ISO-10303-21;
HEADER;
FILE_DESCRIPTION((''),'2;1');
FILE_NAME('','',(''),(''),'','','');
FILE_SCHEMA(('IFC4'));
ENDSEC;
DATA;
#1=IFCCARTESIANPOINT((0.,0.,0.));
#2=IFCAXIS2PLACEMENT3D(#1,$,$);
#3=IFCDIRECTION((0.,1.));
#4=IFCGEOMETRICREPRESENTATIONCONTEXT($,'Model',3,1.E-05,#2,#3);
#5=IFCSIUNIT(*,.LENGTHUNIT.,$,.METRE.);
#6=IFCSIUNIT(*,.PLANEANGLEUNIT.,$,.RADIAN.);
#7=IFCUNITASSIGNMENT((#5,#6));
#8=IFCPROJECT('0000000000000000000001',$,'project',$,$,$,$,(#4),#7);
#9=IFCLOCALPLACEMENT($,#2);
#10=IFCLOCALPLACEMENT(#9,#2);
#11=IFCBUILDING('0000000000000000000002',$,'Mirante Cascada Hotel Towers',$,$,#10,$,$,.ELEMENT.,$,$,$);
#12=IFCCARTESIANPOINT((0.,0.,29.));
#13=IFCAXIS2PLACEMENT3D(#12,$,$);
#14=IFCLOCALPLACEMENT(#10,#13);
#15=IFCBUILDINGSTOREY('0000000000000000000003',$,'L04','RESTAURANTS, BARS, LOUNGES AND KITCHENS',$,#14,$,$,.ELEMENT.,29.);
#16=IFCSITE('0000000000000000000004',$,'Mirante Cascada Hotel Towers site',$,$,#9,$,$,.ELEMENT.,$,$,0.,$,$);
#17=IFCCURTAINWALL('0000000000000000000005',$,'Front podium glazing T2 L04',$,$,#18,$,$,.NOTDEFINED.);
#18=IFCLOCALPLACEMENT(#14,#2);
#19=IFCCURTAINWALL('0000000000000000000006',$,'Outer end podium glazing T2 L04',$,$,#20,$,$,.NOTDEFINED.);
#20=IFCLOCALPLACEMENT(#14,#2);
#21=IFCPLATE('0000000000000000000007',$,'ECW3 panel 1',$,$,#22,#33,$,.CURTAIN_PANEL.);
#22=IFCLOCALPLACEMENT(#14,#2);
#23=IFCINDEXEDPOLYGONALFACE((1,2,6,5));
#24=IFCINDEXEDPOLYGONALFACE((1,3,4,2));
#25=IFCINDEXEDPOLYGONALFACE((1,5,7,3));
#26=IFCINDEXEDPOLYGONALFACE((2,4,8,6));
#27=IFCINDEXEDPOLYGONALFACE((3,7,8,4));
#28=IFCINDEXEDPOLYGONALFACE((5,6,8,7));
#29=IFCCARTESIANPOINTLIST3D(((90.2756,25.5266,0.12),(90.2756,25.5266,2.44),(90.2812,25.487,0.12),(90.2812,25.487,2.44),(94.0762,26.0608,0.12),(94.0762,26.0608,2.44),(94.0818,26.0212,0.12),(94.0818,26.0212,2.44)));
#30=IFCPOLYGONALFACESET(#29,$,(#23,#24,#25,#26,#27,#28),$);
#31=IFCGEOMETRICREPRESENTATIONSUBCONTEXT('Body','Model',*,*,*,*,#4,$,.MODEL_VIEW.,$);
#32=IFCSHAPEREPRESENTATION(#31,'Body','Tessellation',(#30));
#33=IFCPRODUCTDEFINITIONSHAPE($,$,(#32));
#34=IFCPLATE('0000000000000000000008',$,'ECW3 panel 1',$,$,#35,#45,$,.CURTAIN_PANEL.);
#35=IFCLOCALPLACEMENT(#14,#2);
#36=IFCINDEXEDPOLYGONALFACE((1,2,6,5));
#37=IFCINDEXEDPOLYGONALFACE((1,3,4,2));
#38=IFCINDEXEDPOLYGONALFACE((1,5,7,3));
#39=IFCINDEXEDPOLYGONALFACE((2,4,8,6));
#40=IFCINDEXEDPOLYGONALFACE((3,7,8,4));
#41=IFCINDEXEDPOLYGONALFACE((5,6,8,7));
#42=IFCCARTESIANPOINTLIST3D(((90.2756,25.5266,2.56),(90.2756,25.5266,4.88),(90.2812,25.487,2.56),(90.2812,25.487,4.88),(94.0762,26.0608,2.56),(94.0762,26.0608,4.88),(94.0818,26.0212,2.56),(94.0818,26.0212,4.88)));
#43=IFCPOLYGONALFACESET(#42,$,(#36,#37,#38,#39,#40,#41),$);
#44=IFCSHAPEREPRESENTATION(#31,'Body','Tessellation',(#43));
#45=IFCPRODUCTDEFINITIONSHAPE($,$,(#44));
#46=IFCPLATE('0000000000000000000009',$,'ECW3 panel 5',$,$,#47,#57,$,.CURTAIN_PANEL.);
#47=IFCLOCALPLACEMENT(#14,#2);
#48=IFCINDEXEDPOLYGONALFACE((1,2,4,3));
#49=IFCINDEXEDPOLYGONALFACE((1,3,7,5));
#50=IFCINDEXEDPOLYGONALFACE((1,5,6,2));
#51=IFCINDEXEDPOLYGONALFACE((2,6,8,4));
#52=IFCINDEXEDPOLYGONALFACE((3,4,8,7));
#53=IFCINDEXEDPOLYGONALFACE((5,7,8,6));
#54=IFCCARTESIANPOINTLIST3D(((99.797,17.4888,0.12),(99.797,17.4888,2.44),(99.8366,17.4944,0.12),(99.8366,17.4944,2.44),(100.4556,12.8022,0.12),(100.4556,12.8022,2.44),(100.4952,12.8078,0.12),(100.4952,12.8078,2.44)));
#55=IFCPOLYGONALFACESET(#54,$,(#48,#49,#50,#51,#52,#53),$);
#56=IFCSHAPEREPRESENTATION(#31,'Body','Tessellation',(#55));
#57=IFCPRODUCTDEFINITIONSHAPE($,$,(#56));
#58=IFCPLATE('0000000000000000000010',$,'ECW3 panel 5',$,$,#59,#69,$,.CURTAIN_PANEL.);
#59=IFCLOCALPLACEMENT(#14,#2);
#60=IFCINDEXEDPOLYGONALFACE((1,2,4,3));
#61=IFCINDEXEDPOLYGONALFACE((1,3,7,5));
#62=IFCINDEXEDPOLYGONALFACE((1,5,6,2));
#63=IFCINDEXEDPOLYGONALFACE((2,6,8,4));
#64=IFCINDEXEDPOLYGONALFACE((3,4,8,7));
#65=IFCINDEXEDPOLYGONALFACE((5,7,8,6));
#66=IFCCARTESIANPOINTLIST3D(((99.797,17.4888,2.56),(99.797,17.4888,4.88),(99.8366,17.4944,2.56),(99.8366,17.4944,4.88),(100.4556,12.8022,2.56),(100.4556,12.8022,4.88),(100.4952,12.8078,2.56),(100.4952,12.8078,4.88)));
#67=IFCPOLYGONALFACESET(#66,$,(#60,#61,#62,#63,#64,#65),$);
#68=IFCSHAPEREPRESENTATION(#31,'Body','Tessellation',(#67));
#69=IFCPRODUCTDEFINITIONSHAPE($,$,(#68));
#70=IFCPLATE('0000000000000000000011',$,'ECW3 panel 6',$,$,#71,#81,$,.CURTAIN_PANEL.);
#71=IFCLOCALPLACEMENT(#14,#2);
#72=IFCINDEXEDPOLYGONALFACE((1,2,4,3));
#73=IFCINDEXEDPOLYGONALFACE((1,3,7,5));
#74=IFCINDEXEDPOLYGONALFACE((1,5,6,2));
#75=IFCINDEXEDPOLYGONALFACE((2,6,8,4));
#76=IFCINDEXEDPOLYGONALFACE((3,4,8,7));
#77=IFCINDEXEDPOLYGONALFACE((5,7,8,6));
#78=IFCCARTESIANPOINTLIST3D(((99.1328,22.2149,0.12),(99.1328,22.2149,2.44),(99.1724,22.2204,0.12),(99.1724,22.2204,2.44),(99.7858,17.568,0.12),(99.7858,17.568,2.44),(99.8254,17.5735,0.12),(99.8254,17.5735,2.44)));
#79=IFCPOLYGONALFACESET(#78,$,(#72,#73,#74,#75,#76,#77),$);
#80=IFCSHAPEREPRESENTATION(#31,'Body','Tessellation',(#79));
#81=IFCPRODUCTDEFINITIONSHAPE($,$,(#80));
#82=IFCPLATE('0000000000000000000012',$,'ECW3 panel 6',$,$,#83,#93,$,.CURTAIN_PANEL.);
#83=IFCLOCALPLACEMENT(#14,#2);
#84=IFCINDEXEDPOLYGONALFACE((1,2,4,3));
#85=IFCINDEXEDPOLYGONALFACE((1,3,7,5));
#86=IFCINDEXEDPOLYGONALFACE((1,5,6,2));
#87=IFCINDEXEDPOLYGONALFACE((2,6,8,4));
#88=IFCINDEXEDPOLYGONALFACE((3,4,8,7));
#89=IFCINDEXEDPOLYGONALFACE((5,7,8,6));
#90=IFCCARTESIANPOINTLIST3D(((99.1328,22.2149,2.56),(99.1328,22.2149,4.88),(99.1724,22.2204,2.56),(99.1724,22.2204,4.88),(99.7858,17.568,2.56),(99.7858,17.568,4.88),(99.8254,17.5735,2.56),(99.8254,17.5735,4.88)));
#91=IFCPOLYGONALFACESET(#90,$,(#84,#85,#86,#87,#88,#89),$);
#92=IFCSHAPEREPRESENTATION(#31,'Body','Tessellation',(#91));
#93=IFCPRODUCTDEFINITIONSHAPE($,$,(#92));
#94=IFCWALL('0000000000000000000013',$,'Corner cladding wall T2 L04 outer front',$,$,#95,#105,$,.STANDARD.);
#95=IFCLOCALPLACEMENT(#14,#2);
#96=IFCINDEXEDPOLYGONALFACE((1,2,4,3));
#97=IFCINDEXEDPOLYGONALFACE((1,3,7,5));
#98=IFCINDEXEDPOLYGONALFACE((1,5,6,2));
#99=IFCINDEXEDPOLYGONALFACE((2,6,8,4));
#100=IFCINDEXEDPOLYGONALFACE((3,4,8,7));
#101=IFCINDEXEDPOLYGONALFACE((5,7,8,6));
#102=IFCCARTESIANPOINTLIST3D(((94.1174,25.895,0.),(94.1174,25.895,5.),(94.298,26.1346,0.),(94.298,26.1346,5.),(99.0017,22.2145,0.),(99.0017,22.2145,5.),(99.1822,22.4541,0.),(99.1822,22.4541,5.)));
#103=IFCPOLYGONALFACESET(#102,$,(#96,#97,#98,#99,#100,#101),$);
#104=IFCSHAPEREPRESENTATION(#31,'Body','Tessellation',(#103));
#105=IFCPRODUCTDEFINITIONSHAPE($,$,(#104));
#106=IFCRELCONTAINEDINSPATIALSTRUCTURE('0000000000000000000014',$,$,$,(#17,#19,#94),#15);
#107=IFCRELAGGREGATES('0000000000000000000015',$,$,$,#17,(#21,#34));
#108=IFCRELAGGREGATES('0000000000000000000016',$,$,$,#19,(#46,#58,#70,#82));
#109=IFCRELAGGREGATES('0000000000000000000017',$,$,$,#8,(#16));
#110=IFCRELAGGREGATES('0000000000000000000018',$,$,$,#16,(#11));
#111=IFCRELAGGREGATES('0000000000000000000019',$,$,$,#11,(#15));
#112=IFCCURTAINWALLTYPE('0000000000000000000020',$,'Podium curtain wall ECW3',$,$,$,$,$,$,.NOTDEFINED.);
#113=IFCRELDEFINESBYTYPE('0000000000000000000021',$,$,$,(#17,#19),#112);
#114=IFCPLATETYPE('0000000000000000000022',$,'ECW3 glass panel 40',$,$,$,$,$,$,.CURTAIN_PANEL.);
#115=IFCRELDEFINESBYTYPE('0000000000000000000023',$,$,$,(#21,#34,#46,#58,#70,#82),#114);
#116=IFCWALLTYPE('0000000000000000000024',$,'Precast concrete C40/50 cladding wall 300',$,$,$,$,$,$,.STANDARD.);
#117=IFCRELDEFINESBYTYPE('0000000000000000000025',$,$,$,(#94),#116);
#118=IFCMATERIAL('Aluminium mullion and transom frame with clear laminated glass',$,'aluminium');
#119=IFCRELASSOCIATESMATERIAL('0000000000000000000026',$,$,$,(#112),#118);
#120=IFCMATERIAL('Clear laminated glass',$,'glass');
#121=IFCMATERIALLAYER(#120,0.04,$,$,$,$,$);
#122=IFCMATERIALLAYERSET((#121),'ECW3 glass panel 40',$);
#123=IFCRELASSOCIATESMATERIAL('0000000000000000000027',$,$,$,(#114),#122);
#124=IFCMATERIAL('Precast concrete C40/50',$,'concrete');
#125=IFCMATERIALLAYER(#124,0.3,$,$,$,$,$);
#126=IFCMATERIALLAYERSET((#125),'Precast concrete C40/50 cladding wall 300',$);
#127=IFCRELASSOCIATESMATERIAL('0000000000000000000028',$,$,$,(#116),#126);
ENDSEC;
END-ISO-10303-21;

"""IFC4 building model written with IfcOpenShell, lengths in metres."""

from ifc_helpers import new_model, si_unit, direction, frame, frame_2d, origin, origin_2d, place, context, subcontext, project, spatial, rectangle, extrude, material, layer, layer_set, type_object, element, aggregate, save


model = new_model("IFC4")

# Units and contexts
model_context = context("Model", 3, precision=1e-05, world=origin(), true_north=direction((0.0, 1.0)))
body_context = subcontext(model_context, "Body", "Model", "MODEL_VIEW")
ifc_project = project(units=[si_unit("LENGTHUNIT", "METRE"), si_unit("PLANEANGLEUNIT", "RADIAN")], contexts=[model_context])

# Site, building, storey
site_placement = place(None, origin())
site = spatial("IfcSite", under=ifc_project, at=site_placement, Name="Mirante Cascada Hotel Towers site", CompositionType="ELEMENT", RefElevation=0.0)
building_placement = place(site_placement, origin())
building = spatial("IfcBuilding", under=site, at=building_placement, Name="Mirante Cascada Hotel Towers", CompositionType="ELEMENT")
storey_placement = place(building_placement, frame((0.0, 0.0, 29.0)))
storey = spatial("IfcBuildingStorey", under=building, at=storey_placement, Name="L04", Description="RESTAURANTS, BARS, LOUNGES AND KITCHENS", CompositionType="ELEMENT", Elevation=29.0)

# Curtain walls
ifc_material_1 = material(Name="Aluminium mullion and transom frame with clear laminated glass", Category="aluminium")
curtain_wall_type = type_object("IfcCurtainWallType", Name="Podium curtain wall ECW3", PredefinedType="NOTDEFINED", material=ifc_material_1)
curtain_wall_1_placement = place(storey_placement, origin())
curtain_wall_1 = element("IfcCurtainWall", 1, at=curtain_wall_1_placement, inside=storey, type_object=curtain_wall_type, Name="Front podium glazing T2 L04", PredefinedType="NOTDEFINED")
curtain_wall_2_placement = place(storey_placement, origin())
curtain_wall_2 = element("IfcCurtainWall", 2, at=curtain_wall_2_placement, inside=storey, type_object=curtain_wall_type, Name="Outer end podium glazing T2 L04", PredefinedType="NOTDEFINED")

# Plates
ifc_material_2 = material(Name="Clear laminated glass", Category="glass")
ifc_layer_1 = layer(ifc_material_2, 0.04)
ifc_layer_set_1 = layer_set([ifc_layer_1], Name="ECW3 glass panel 40")
plate_type = type_object("IfcPlateType", Name="ECW3 glass panel 40", PredefinedType="CURTAIN_PANEL", material=ifc_layer_set_1)
plate_1_placement = place(storey_placement, frame((92.1787, 25.7739, 0.12), z_axis=(0.0, 0.0, 1.0), x_axis=(-0.990268, -0.139173, 0.0)))
plate_1 = element("IfcPlate", 3, at=plate_1_placement, type_object=plate_type, Name="ECW3 panel 1", PredefinedType="CURTAIN_PANEL", context=body_context, shape_type="SweptSolid", body=[
    extrude(rectangle(XDim=3.8379, YDim=0.04, at=origin_2d()), origin(), (0.0, 0.0, 1.0), 2.32),
])
plate_2_placement = place(storey_placement, frame((92.1787, 25.7739, 2.56), z_axis=(0.0, 0.0, 1.0), x_axis=(-0.990268, -0.139173, 0.0)))
plate_2 = element("IfcPlate", 4, at=plate_2_placement, type_object=plate_type, Name="ECW3 panel 1", PredefinedType="CURTAIN_PANEL", context=body_context, shape_type="SweptSolid", body=[
    extrude(rectangle(XDim=3.8379, YDim=0.04, at=origin_2d()), origin(), (0.0, 0.0, 1.0), 2.32),
])
aggregate(curtain_wall_1, [plate_1, plate_2])
plate_3_placement = place(storey_placement, frame((100.1461, 15.1483, 0.12), z_axis=(0.0, 0.0, 1.0), x_axis=(-0.139173, 0.990268, 0.0)))
plate_3 = element("IfcPlate", 5, at=plate_3_placement, type_object=plate_type, Name="ECW3 panel 5", PredefinedType="CURTAIN_PANEL", context=body_context, shape_type="SweptSolid", body=[
    extrude(rectangle(XDim=4.7326, YDim=0.04, at=origin_2d()), origin(), (0.0, 0.0, 1.0), 2.32),
])
plate_4_placement = place(storey_placement, frame((100.1461, 15.1483, 2.56), z_axis=(0.0, 0.0, 1.0), x_axis=(-0.139173, 0.990268, 0.0)))
plate_4 = element("IfcPlate", 6, at=plate_4_placement, type_object=plate_type, Name="ECW3 panel 5", PredefinedType="CURTAIN_PANEL", context=body_context, shape_type="SweptSolid", body=[
    extrude(rectangle(XDim=4.7326, YDim=0.04, at=origin_2d()), origin(), (0.0, 0.0, 1.0), 2.32),
])
plate_5_placement = place(storey_placement, frame((99.4791, 19.8942, 0.12), z_axis=(0.0, 0.0, 1.0), x_axis=(-0.139173, 0.990268, 0.0)))
plate_5 = element("IfcPlate", 7, at=plate_5_placement, type_object=plate_type, Name="ECW3 panel 6", PredefinedType="CURTAIN_PANEL", context=body_context, shape_type="SweptSolid", body=[
    extrude(rectangle(XDim=4.6926, YDim=0.04, at=origin_2d()), origin(), (0.0, 0.0, 1.0), 2.32),
])
plate_6_placement = place(storey_placement, frame((99.4791, 19.8942, 2.56), z_axis=(0.0, 0.0, 1.0), x_axis=(-0.139173, 0.990268, 0.0)))
plate_6 = element("IfcPlate", 8, at=plate_6_placement, type_object=plate_type, Name="ECW3 panel 6", PredefinedType="CURTAIN_PANEL", context=body_context, shape_type="SweptSolid", body=[
    extrude(rectangle(XDim=4.6926, YDim=0.04, at=origin_2d()), origin(), (0.0, 0.0, 1.0), 2.32),
])
aggregate(curtain_wall_2, [plate_3, plate_4, plate_5, plate_6])

# Wall
ifc_material_3 = material(Name="Precast concrete C40/50", Category="concrete")
ifc_layer_2 = layer(ifc_material_3, 0.3)
ifc_layer_set_2 = layer_set([ifc_layer_2], Name="Precast concrete C40/50 cladding wall 300")
wall_type = type_object("IfcWallType", Name="Precast concrete C40/50 cladding wall 300", PredefinedType="STANDARD", material=ifc_layer_set_2)
wall_placement = place(storey_placement, frame((99.0919, 22.3343, 0.0), z_axis=(0.0, 0.0, 1.0), x_axis=(-0.798636, 0.601814, 0.0)))
element("IfcWall", 9, at=wall_placement, inside=storey, type_object=wall_type, Name="Corner cladding wall T2 L04 outer front", PredefinedType="STANDARD", context=body_context, shape_type="SweptSolid", body=[
    extrude(rectangle(XDim=6.1157, YDim=0.3, at=frame_2d((3.0578, 0.0))), origin(), (0.0, 0.0, 1.0), 5.0),
])

save(model, "model.ifc")
